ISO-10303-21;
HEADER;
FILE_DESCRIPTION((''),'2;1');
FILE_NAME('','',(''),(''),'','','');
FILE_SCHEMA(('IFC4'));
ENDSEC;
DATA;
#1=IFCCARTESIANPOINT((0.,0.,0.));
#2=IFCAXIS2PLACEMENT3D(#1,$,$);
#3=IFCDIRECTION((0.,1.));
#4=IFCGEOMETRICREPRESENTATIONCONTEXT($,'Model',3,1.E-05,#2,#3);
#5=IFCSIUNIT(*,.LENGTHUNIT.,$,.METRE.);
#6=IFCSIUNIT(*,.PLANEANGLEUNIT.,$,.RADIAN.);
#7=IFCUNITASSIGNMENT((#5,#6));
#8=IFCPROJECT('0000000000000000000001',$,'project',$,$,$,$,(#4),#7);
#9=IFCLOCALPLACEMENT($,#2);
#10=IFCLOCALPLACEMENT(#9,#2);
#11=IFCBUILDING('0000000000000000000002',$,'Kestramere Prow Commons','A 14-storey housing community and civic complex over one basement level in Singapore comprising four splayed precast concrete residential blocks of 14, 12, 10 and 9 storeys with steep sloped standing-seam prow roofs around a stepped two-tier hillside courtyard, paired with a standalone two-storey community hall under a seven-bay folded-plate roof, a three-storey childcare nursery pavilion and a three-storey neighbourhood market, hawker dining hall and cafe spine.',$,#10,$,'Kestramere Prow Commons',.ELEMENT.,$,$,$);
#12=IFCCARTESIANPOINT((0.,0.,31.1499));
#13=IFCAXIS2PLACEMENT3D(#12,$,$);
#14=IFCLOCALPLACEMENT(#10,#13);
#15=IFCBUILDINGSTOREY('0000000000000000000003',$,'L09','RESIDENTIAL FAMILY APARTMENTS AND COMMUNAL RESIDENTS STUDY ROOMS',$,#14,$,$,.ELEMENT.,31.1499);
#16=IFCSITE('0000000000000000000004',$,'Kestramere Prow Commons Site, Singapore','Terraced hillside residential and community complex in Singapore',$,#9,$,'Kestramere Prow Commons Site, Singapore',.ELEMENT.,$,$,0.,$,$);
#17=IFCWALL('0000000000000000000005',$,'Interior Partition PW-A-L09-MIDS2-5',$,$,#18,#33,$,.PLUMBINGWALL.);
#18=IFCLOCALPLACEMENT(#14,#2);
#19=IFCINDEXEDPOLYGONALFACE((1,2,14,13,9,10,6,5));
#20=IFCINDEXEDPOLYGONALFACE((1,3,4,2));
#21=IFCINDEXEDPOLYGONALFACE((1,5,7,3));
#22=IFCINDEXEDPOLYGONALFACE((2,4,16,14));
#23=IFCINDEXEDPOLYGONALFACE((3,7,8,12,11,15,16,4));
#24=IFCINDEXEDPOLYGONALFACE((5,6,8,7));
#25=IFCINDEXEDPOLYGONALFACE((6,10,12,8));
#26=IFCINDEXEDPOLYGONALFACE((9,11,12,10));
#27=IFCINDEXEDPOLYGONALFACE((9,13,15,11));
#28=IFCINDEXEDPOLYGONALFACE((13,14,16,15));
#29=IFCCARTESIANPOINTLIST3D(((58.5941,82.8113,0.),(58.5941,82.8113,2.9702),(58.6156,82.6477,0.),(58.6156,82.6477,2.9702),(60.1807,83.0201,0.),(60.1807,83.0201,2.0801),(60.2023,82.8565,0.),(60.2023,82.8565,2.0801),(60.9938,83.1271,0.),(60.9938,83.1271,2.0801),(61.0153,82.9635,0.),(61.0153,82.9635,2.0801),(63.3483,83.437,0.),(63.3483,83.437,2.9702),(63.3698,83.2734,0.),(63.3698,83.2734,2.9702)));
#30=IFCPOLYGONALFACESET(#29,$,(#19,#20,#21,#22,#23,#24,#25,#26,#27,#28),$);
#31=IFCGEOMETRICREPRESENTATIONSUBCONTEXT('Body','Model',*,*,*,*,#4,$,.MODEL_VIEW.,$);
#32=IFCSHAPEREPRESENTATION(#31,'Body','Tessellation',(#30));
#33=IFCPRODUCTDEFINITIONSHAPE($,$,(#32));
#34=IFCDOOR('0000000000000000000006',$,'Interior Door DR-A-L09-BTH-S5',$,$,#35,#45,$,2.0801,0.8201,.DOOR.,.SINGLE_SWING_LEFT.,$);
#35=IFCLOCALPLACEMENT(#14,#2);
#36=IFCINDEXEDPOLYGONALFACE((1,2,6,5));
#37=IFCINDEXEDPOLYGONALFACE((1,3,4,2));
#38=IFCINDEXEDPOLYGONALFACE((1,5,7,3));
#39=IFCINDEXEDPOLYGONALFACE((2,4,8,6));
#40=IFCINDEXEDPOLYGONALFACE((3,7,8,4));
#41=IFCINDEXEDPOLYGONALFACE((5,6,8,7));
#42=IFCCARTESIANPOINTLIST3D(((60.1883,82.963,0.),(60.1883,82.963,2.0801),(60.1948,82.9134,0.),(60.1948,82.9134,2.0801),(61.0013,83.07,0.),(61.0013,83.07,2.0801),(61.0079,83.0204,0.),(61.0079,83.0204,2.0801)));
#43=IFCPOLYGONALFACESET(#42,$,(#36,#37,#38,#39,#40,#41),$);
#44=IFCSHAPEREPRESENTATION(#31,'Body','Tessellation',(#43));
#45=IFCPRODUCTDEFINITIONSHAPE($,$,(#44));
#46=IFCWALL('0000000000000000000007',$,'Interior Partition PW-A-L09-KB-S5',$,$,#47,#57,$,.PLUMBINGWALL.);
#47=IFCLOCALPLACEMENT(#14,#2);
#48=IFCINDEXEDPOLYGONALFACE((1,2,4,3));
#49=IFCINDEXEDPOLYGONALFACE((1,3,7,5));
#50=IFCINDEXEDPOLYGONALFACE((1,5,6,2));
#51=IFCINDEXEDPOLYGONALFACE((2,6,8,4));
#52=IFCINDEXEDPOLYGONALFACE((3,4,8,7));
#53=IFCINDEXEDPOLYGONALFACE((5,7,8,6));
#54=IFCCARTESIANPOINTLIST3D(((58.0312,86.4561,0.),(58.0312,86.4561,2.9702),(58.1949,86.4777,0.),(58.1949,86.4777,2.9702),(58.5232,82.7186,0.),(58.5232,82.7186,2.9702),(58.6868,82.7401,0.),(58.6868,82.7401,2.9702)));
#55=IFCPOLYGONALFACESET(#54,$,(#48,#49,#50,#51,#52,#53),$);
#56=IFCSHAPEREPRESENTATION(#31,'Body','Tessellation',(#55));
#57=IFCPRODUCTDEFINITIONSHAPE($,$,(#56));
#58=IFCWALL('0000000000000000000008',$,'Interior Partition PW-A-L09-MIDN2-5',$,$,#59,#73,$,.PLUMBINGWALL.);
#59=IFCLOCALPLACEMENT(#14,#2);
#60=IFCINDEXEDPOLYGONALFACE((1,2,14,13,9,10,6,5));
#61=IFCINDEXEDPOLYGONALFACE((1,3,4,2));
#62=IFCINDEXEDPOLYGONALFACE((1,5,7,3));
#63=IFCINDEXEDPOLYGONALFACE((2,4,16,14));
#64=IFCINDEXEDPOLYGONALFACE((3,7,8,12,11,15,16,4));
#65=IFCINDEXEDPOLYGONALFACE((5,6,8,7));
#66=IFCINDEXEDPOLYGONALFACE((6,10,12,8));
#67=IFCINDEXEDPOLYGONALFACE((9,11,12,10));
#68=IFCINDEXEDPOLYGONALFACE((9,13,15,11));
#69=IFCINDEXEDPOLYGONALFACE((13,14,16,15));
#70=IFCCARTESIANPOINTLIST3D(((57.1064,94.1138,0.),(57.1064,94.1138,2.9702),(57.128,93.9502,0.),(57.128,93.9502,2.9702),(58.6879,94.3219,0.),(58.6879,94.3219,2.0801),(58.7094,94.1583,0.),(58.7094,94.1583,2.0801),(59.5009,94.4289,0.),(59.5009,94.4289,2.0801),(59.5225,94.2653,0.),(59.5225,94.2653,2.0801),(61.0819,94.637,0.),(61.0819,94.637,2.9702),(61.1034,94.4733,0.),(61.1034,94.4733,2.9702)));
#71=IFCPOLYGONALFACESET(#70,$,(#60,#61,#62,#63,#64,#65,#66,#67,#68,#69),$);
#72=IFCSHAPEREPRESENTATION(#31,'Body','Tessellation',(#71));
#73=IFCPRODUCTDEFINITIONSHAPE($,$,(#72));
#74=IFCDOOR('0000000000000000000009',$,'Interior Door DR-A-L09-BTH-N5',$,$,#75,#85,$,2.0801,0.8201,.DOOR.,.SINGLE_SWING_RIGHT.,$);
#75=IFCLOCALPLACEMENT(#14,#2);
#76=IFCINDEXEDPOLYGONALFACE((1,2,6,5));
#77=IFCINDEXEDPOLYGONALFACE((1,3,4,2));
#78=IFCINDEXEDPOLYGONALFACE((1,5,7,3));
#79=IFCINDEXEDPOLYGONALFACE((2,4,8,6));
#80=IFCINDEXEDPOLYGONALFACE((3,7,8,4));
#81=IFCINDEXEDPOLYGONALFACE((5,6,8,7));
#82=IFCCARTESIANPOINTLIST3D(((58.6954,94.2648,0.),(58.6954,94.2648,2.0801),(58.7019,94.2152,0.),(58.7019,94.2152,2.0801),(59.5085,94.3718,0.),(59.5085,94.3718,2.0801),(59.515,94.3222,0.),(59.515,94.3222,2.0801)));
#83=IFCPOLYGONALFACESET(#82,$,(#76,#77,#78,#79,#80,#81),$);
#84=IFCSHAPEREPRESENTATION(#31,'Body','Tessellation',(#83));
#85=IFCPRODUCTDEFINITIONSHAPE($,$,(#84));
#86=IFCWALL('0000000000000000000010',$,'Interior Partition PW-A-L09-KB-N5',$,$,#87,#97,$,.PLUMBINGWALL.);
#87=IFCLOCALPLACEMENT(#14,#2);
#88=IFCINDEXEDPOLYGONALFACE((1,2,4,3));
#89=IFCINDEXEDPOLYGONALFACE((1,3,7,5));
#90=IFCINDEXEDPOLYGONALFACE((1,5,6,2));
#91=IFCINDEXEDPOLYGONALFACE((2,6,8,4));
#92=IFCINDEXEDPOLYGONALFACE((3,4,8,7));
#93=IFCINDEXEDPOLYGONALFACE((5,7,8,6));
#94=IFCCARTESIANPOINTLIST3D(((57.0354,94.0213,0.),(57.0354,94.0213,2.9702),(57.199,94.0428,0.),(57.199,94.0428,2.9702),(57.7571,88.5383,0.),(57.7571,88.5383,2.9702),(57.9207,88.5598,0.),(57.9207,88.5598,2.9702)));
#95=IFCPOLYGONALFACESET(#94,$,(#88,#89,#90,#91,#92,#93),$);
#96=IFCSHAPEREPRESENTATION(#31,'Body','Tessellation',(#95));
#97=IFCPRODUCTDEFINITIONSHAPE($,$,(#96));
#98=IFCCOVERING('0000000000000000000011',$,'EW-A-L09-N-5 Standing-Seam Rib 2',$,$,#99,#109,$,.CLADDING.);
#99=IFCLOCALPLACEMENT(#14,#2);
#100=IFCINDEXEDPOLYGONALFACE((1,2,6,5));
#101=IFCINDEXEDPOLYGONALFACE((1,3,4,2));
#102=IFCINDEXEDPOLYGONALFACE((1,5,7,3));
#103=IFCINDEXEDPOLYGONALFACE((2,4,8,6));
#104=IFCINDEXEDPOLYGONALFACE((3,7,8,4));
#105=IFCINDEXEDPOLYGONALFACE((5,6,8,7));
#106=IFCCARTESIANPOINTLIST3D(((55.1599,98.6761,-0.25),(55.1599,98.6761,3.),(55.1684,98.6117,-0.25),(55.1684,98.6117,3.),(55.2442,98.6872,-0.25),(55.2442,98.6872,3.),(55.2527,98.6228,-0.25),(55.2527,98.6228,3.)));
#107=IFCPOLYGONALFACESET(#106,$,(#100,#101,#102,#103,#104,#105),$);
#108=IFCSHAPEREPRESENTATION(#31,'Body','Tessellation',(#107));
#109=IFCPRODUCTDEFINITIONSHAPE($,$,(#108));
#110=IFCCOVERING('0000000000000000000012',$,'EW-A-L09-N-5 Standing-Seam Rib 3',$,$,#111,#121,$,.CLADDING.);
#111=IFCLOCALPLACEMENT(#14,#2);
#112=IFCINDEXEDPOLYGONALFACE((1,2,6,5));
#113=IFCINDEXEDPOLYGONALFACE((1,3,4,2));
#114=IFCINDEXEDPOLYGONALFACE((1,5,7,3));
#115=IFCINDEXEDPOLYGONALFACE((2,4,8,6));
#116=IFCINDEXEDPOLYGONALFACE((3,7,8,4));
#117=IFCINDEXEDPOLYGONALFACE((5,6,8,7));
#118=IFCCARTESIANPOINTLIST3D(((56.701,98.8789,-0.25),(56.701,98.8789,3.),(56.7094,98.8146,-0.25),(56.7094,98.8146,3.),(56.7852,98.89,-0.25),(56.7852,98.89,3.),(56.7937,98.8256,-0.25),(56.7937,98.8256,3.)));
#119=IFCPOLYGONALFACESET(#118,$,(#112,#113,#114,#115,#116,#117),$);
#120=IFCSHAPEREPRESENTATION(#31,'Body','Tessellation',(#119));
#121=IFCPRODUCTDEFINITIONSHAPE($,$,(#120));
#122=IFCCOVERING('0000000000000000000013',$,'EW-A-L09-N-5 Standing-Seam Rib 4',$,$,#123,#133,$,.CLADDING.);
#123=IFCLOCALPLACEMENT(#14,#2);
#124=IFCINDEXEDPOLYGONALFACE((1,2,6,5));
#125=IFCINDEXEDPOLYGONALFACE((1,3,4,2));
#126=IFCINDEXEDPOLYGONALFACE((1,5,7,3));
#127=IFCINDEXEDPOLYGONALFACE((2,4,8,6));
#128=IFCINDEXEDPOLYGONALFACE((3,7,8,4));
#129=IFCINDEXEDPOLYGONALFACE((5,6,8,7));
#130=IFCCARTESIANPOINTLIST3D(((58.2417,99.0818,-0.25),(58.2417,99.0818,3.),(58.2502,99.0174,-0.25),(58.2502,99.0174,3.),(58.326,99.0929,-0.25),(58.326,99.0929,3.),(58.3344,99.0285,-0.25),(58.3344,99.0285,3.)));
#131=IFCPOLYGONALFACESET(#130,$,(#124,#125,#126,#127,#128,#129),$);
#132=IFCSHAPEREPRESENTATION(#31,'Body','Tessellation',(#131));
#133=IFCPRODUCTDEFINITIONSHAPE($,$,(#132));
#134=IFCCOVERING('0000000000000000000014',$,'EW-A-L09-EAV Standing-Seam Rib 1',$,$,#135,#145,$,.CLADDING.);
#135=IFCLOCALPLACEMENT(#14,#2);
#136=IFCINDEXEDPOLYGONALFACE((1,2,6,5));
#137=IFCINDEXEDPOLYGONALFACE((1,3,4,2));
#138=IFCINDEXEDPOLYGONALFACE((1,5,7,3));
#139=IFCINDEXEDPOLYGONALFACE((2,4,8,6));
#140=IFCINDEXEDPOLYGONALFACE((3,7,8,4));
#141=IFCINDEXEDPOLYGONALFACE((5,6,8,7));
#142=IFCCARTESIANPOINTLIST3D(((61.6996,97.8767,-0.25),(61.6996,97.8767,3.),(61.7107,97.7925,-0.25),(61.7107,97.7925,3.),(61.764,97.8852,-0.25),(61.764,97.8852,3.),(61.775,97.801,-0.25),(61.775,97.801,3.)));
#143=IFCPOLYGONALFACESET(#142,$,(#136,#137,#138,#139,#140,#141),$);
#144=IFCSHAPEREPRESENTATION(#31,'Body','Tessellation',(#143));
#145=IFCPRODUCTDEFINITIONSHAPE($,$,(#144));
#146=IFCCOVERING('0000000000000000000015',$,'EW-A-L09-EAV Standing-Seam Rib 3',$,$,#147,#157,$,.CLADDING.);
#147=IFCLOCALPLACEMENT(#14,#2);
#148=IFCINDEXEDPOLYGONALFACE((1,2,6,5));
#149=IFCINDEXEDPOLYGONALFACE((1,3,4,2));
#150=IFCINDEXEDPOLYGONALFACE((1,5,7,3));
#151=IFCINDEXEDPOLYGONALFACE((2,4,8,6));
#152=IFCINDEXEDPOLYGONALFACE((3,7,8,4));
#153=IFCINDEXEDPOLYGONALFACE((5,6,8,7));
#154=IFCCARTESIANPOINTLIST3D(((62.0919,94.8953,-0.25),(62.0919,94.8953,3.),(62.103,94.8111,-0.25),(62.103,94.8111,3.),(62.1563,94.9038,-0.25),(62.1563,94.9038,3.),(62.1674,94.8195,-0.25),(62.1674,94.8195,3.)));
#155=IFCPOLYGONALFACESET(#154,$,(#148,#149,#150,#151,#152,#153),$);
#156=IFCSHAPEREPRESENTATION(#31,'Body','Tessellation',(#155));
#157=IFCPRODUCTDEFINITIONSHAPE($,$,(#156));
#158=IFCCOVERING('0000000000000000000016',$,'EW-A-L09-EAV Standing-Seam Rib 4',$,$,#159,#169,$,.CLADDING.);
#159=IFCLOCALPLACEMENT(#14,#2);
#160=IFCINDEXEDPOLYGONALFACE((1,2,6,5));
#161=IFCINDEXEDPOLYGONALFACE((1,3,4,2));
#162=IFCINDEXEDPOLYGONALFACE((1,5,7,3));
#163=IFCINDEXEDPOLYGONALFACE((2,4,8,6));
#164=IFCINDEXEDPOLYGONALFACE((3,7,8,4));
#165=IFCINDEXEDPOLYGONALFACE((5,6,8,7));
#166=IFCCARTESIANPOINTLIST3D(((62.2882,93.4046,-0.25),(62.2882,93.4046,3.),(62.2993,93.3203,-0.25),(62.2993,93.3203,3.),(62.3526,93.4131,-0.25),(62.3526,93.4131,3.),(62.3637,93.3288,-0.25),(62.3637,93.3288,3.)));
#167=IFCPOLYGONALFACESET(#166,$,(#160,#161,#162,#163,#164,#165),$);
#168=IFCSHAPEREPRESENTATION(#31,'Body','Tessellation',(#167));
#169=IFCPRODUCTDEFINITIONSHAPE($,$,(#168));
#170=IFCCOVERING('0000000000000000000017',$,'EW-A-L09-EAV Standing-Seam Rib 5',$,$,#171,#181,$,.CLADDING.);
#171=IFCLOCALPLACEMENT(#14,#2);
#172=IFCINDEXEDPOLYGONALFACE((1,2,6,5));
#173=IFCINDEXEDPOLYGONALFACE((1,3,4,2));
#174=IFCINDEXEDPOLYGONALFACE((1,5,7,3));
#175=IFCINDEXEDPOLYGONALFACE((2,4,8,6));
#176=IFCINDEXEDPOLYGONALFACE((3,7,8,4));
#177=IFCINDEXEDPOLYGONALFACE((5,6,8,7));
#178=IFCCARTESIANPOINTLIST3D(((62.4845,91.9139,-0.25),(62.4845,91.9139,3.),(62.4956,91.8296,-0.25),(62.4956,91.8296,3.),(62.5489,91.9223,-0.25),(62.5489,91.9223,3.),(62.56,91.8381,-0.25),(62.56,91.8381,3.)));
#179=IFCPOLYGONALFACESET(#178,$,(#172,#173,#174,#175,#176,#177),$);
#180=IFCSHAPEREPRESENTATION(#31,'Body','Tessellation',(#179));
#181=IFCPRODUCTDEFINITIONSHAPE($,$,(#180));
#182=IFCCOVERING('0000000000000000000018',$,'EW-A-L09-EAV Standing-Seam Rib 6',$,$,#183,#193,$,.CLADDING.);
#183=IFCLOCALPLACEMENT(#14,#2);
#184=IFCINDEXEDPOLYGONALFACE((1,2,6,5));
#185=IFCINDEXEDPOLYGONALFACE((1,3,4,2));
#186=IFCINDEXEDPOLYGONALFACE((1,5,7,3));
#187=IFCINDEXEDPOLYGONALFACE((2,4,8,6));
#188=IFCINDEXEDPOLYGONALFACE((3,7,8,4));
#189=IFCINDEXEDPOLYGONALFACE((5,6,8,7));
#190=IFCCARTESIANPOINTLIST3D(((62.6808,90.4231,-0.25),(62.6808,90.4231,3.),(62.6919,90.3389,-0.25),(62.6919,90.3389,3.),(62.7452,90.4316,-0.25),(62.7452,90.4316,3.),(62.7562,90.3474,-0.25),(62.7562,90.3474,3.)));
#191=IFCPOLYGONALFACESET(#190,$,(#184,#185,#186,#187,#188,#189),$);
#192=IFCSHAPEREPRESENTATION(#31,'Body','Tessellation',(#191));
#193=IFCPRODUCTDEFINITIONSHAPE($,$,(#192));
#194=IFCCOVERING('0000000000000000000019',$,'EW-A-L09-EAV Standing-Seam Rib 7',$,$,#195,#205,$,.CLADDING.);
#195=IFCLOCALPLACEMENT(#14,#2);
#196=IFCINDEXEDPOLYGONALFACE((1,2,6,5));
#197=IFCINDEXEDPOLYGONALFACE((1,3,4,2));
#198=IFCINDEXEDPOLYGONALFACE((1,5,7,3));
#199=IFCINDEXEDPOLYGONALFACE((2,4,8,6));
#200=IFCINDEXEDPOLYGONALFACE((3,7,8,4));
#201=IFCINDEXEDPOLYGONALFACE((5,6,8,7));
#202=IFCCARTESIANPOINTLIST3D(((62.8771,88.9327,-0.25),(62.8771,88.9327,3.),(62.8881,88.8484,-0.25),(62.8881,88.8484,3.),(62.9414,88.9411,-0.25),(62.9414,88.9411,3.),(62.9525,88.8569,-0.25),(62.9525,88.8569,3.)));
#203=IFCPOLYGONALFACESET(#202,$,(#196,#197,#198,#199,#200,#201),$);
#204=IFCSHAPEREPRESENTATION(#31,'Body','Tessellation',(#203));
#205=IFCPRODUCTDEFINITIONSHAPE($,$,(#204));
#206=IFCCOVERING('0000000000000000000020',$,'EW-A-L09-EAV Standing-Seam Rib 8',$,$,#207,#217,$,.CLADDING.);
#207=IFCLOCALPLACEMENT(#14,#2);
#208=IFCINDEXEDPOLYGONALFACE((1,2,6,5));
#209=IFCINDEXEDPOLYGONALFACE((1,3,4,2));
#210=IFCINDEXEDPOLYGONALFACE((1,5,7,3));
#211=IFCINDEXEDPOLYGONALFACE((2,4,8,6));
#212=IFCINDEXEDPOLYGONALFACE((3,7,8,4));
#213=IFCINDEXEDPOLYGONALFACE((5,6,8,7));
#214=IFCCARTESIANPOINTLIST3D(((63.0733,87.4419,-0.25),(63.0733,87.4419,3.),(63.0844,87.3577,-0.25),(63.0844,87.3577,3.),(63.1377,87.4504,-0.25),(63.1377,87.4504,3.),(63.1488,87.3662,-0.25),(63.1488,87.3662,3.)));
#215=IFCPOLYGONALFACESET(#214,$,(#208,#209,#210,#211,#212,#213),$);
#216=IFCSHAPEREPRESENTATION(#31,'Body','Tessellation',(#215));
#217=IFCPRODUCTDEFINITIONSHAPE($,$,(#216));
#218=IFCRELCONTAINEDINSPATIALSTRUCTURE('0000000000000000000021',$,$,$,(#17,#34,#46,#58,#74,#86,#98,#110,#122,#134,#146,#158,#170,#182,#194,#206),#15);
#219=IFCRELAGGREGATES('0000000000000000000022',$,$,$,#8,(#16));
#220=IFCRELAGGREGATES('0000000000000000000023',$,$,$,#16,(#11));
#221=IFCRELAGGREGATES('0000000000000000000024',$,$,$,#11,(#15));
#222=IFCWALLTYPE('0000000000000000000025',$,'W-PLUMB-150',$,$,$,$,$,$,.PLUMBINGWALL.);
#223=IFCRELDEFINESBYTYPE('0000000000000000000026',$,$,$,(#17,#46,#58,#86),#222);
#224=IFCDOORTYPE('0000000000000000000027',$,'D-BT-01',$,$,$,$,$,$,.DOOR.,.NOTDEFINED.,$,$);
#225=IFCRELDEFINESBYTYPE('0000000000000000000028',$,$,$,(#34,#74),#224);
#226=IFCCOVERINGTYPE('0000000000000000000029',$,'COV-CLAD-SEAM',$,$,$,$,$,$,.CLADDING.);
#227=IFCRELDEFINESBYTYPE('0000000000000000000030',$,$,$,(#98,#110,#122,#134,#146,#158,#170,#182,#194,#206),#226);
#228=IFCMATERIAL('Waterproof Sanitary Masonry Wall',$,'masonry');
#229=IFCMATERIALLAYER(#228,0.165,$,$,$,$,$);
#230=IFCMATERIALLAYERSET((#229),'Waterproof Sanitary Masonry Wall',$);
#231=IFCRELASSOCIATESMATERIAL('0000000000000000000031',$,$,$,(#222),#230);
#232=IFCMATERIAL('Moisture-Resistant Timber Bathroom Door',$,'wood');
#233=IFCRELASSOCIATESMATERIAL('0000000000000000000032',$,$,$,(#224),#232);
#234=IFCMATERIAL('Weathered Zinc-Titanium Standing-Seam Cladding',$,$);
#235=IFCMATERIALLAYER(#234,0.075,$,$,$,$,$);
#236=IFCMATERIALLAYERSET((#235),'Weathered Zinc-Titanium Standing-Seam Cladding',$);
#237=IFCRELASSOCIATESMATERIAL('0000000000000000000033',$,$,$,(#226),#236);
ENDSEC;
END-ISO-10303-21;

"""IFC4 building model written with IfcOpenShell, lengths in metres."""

from ifc_helpers import new_model, si_unit, direction, frame, frame_2d, origin, origin_2d, place, context, subcontext, project, spatial, rectangle, extrude, material, layer, layer_set, type_object, element, fill, save


model = new_model("IFC4")

# Units and contexts
model_context = context("Model", 3, precision=1e-05, world=origin(), true_north=direction((0.0, 1.0)))
body_context = subcontext(model_context, "Body", "Model", "MODEL_VIEW")
ifc_project = project(units=[si_unit("LENGTHUNIT", "METRE"), si_unit("PLANEANGLEUNIT", "RADIAN")], contexts=[model_context])

# Site, building, storey
site_placement = place(None, origin())
site = spatial("IfcSite", under=ifc_project, at=site_placement, Name="Kestramere Prow Commons Site, Singapore", Description="Terraced hillside residential and community complex in Singapore", LongName="Kestramere Prow Commons Site, Singapore", CompositionType="ELEMENT", RefElevation=0.0)
building_placement = place(site_placement, origin())
building = spatial("IfcBuilding", under=site, at=building_placement, Name="Kestramere Prow Commons", Description="A 14-storey housing community and civic complex over one basement level in Singapore comprising four splayed precast concrete residential blocks of 14, 12, 10 and 9 storeys with steep sloped standing-seam prow roofs around a stepped two-tier hillside courtyard, paired with a standalone two-storey community hall under a seven-bay folded-plate roof, a three-storey childcare nursery pavilion and a three-storey neighbourhood market, hawker dining hall and cafe spine.", LongName="Kestramere Prow Commons", CompositionType="ELEMENT")
storey_placement = place(building_placement, frame((0.0, 0.0, 31.1499)))
storey = spatial("IfcBuildingStorey", under=building, at=storey_placement, Name="L09", Description="RESIDENTIAL FAMILY APARTMENTS AND COMMUNAL RESIDENTS STUDY ROOMS", CompositionType="ELEMENT", Elevation=31.1499)

# Wall, opening, door
ifc_material_1 = material(Name="Waterproof Sanitary Masonry Wall", Category="masonry")
ifc_layer_1 = layer(ifc_material_1, 0.165)
ifc_layer_set_1 = layer_set([ifc_layer_1], Name="Waterproof Sanitary Masonry Wall")
wall_type_1 = type_object("IfcWallType", Name="W-PLUMB-150", PredefinedType="PLUMBINGWALL", material=ifc_layer_set_1)
wall_1_placement = place(storey_placement, frame((58.605, 82.7295, 0.0), z_axis=(0.0, 0.0, 1.0), x_axis=(0.991449, 0.130493, 0.0)))
wall_1 = element("IfcWall", 1, at=wall_1_placement, inside=storey, type_object=wall_type_1, Name="Interior Partition PW-A-L09-MIDS2-5", PredefinedType="PLUMBINGWALL", context=body_context, shape_type="SweptSolid", body=[
    extrude(rectangle(XDim=4.7952, YDim=0.165, at=frame_2d((2.3975, 0.0))), origin(), (0.0, 0.0, 1.0), 2.9702),
])
opening_1_placement = place(wall_1_placement, frame((1.6001, 0.0, 0.0)))
opening_1 = element("IfcOpeningElement", 2, at=opening_1_placement, cuts=wall_1, PredefinedType="OPENING", context=body_context, shape_type="SweptSolid", body=[
    extrude(rectangle(XDim=0.8201, YDim=2.0801, at=frame_2d((0.4102, 1.04))), frame((0.0, 0.0974, 0.0), z_axis=(0.0, -1.0, 0.0), x_axis=(1.0, 0.0, 0.0)), (0.0, 0.0, 1.0), 0.1951),
])
ifc_material_2 = material(Name="Moisture-Resistant Timber Bathroom Door", Category="wood")
door_type_1 = type_object("IfcDoorType", Name="D-BT-01", OperationType="NOTDEFINED", PredefinedType="DOOR", material=ifc_material_2)
door_1_placement = place(opening_1_placement, origin())
door_1 = element("IfcDoor", 3, at=door_1_placement, inside=storey, type_object=door_type_1, Name="Interior Door DR-A-L09-BTH-S5", OperationType="SINGLE_SWING_LEFT", OverallHeight=2.0801, OverallWidth=0.8201, PredefinedType="DOOR", context=body_context, shape_type="SweptSolid", body=[
    extrude(rectangle(XDim=0.8201, YDim=2.0801, at=frame_2d((0.4102, 1.04))), frame((0.0, 0.0249, 0.0), z_axis=(0.0, -1.0, 0.0), x_axis=(1.0, 0.0, 0.0)), (0.0, 0.0, 1.0), 0.05),
])
fill(opening_1, door_1)

# Wall
wall_2_placement = place(storey_placement, frame((58.605, 82.7295, 0.0), z_axis=(0.0, 0.0, 1.0), x_axis=(-0.130496, 0.991449, 0.0)))
element("IfcWall", 4, at=wall_2_placement, inside=storey, type_object=wall_type_1, Name="Interior Partition PW-A-L09-KB-S5", PredefinedType="PLUMBINGWALL", context=body_context, shape_type="SweptSolid", body=[
    extrude(rectangle(XDim=3.7698, YDim=0.165, at=frame_2d((1.8848, 0.0))), origin(), (0.0, 0.0, 1.0), 2.9702),
])

# Wall, opening, door
wall_3_placement = place(storey_placement, frame((57.1172, 94.032, 0.0), z_axis=(0.0, 0.0, 1.0), x_axis=(0.991451, 0.130477, 0.0)))
wall_3 = element("IfcWall", 5, at=wall_3_placement, inside=storey, type_object=wall_type_1, Name="Interior Partition PW-A-L09-MIDN2-5", PredefinedType="PLUMBINGWALL", context=body_context, shape_type="SweptSolid", body=[
    extrude(rectangle(XDim=4.0098, YDim=0.165, at=frame_2d((2.0049, 0.0))), origin(), (0.0, 0.0, 1.0), 2.9702),
])
opening_2_placement = place(wall_3_placement, frame((1.595, 0.0, 0.0)))
opening_2 = element("IfcOpeningElement", 6, at=opening_2_placement, cuts=wall_3, PredefinedType="OPENING", context=body_context, shape_type="SweptSolid", body=[
    extrude(rectangle(XDim=0.8201, YDim=2.0801, at=frame_2d((0.4102, 1.04))), frame((0.0, 0.0974, 0.0), z_axis=(0.0, -1.0, 0.0), x_axis=(1.0, 0.0, 0.0)), (0.0, 0.0, 1.0), 0.1951),
])
door_2_placement = place(opening_2_placement, origin())
door_2 = element("IfcDoor", 7, at=door_2_placement, inside=storey, type_object=door_type_1, Name="Interior Door DR-A-L09-BTH-N5", OperationType="SINGLE_SWING_RIGHT", OverallHeight=2.0801, OverallWidth=0.8201, PredefinedType="DOOR", context=body_context, shape_type="SweptSolid", body=[
    extrude(rectangle(XDim=0.8201, YDim=2.0801, at=frame_2d((0.4102, 1.04))), frame((0.0, 0.0249, 0.0), z_axis=(0.0, -1.0, 0.0), x_axis=(1.0, 0.0, 0.0)), (0.0, 0.0, 1.0), 0.05),
])
fill(opening_2, door_2)

# Wall
wall_4_placement = place(storey_placement, frame((57.8389, 88.5491, 0.0), z_axis=(0.0, 0.0, 1.0), x_axis=(-0.130498, 0.991449, 0.0)))
element("IfcWall", 8, at=wall_4_placement, inside=storey, type_object=wall_type_1, Name="Interior Partition PW-A-L09-KB-N5", PredefinedType="PLUMBINGWALL", context=body_context, shape_type="SweptSolid", body=[
    extrude(rectangle(XDim=5.5303, YDim=0.165, at=frame_2d((2.7651, 0.0))), origin(), (0.0, 0.0, 1.0), 2.9702),
])

# Coverings
ifc_material_3 = material(Name="Weathered Zinc-Titanium Standing-Seam Cladding")
ifc_layer_2 = layer(ifc_material_3, 0.075)
ifc_layer_set_2 = layer_set([ifc_layer_2], Name="Weathered Zinc-Titanium Standing-Seam Cladding")
covering_type = type_object("IfcCoveringType", Name="COV-CLAD-SEAM", PredefinedType="CLADDING", material=ifc_layer_set_2)
for number, where, z_axis, x_axis, name in (
    (9, (55.2063, 98.6494, -0.25), (0.0, 0.0, 1.0), (0.991445, 0.130526, 0.0), "EW-A-L09-N-5 Standing-Seam Rib 2"),
    (10, (56.7473, 98.8523, -0.25), (0.0, 0.0, 1.0), (0.991445, 0.130526, 0.0), "EW-A-L09-N-5 Standing-Seam Rib 3"),
    (11, (58.2881, 99.0552, -0.25), (0.0, 0.0, 1.0), (0.991445, 0.130526, 0.0), "EW-A-L09-N-5 Standing-Seam Rib 4"),
    (12, (61.7373, 97.8389, -0.25), (0.0, 0.0, 1.0), (0.130526, -0.991445, 0.0), "EW-A-L09-EAV Standing-Seam Rib 1"),
    (13, (62.1296, 94.8574, -0.25), (0.0, 0.0, 1.0), (0.130526, -0.991445, 0.0), "EW-A-L09-EAV Standing-Seam Rib 3"),
    (14, (62.3259, 93.3667, -0.25), (0.0, 0.0, 1.0), (0.130526, -0.991445, 0.0), "EW-A-L09-EAV Standing-Seam Rib 4"),
    (15, (62.5222, 91.876, -0.25), (0.0, 0.0, 1.0), (0.130526, -0.991445, 0.0), "EW-A-L09-EAV Standing-Seam Rib 5"),
    (16, (62.7185, 90.3853, -0.25), (0.0, 0.0, 1.0), (0.130526, -0.991445, 0.0), "EW-A-L09-EAV Standing-Seam Rib 6"),
    (17, (62.9148, 88.8948, -0.25), (0.0, 0.0, 1.0), (0.130526, -0.991445, 0.0), "EW-A-L09-EAV Standing-Seam Rib 7"),
    (18, (63.1111, 87.4041, -0.25), (0.0, 0.0, 1.0), (0.130526, -0.991445, 0.0), "EW-A-L09-EAV Standing-Seam Rib 8"),
):
    element("IfcCovering", number, at=place(storey_placement, frame(where, z_axis=z_axis, x_axis=x_axis)), inside=storey, type_object=covering_type, Name=name, PredefinedType="CLADDING", context=body_context, shape_type="SweptSolid", body=[
        extrude(rectangle(XDim=0.085, YDim=0.0649, at=origin_2d()), origin(), (0.0, 0.0, 1.0), 3.25),
    ])

save(model, "model.ifc")
